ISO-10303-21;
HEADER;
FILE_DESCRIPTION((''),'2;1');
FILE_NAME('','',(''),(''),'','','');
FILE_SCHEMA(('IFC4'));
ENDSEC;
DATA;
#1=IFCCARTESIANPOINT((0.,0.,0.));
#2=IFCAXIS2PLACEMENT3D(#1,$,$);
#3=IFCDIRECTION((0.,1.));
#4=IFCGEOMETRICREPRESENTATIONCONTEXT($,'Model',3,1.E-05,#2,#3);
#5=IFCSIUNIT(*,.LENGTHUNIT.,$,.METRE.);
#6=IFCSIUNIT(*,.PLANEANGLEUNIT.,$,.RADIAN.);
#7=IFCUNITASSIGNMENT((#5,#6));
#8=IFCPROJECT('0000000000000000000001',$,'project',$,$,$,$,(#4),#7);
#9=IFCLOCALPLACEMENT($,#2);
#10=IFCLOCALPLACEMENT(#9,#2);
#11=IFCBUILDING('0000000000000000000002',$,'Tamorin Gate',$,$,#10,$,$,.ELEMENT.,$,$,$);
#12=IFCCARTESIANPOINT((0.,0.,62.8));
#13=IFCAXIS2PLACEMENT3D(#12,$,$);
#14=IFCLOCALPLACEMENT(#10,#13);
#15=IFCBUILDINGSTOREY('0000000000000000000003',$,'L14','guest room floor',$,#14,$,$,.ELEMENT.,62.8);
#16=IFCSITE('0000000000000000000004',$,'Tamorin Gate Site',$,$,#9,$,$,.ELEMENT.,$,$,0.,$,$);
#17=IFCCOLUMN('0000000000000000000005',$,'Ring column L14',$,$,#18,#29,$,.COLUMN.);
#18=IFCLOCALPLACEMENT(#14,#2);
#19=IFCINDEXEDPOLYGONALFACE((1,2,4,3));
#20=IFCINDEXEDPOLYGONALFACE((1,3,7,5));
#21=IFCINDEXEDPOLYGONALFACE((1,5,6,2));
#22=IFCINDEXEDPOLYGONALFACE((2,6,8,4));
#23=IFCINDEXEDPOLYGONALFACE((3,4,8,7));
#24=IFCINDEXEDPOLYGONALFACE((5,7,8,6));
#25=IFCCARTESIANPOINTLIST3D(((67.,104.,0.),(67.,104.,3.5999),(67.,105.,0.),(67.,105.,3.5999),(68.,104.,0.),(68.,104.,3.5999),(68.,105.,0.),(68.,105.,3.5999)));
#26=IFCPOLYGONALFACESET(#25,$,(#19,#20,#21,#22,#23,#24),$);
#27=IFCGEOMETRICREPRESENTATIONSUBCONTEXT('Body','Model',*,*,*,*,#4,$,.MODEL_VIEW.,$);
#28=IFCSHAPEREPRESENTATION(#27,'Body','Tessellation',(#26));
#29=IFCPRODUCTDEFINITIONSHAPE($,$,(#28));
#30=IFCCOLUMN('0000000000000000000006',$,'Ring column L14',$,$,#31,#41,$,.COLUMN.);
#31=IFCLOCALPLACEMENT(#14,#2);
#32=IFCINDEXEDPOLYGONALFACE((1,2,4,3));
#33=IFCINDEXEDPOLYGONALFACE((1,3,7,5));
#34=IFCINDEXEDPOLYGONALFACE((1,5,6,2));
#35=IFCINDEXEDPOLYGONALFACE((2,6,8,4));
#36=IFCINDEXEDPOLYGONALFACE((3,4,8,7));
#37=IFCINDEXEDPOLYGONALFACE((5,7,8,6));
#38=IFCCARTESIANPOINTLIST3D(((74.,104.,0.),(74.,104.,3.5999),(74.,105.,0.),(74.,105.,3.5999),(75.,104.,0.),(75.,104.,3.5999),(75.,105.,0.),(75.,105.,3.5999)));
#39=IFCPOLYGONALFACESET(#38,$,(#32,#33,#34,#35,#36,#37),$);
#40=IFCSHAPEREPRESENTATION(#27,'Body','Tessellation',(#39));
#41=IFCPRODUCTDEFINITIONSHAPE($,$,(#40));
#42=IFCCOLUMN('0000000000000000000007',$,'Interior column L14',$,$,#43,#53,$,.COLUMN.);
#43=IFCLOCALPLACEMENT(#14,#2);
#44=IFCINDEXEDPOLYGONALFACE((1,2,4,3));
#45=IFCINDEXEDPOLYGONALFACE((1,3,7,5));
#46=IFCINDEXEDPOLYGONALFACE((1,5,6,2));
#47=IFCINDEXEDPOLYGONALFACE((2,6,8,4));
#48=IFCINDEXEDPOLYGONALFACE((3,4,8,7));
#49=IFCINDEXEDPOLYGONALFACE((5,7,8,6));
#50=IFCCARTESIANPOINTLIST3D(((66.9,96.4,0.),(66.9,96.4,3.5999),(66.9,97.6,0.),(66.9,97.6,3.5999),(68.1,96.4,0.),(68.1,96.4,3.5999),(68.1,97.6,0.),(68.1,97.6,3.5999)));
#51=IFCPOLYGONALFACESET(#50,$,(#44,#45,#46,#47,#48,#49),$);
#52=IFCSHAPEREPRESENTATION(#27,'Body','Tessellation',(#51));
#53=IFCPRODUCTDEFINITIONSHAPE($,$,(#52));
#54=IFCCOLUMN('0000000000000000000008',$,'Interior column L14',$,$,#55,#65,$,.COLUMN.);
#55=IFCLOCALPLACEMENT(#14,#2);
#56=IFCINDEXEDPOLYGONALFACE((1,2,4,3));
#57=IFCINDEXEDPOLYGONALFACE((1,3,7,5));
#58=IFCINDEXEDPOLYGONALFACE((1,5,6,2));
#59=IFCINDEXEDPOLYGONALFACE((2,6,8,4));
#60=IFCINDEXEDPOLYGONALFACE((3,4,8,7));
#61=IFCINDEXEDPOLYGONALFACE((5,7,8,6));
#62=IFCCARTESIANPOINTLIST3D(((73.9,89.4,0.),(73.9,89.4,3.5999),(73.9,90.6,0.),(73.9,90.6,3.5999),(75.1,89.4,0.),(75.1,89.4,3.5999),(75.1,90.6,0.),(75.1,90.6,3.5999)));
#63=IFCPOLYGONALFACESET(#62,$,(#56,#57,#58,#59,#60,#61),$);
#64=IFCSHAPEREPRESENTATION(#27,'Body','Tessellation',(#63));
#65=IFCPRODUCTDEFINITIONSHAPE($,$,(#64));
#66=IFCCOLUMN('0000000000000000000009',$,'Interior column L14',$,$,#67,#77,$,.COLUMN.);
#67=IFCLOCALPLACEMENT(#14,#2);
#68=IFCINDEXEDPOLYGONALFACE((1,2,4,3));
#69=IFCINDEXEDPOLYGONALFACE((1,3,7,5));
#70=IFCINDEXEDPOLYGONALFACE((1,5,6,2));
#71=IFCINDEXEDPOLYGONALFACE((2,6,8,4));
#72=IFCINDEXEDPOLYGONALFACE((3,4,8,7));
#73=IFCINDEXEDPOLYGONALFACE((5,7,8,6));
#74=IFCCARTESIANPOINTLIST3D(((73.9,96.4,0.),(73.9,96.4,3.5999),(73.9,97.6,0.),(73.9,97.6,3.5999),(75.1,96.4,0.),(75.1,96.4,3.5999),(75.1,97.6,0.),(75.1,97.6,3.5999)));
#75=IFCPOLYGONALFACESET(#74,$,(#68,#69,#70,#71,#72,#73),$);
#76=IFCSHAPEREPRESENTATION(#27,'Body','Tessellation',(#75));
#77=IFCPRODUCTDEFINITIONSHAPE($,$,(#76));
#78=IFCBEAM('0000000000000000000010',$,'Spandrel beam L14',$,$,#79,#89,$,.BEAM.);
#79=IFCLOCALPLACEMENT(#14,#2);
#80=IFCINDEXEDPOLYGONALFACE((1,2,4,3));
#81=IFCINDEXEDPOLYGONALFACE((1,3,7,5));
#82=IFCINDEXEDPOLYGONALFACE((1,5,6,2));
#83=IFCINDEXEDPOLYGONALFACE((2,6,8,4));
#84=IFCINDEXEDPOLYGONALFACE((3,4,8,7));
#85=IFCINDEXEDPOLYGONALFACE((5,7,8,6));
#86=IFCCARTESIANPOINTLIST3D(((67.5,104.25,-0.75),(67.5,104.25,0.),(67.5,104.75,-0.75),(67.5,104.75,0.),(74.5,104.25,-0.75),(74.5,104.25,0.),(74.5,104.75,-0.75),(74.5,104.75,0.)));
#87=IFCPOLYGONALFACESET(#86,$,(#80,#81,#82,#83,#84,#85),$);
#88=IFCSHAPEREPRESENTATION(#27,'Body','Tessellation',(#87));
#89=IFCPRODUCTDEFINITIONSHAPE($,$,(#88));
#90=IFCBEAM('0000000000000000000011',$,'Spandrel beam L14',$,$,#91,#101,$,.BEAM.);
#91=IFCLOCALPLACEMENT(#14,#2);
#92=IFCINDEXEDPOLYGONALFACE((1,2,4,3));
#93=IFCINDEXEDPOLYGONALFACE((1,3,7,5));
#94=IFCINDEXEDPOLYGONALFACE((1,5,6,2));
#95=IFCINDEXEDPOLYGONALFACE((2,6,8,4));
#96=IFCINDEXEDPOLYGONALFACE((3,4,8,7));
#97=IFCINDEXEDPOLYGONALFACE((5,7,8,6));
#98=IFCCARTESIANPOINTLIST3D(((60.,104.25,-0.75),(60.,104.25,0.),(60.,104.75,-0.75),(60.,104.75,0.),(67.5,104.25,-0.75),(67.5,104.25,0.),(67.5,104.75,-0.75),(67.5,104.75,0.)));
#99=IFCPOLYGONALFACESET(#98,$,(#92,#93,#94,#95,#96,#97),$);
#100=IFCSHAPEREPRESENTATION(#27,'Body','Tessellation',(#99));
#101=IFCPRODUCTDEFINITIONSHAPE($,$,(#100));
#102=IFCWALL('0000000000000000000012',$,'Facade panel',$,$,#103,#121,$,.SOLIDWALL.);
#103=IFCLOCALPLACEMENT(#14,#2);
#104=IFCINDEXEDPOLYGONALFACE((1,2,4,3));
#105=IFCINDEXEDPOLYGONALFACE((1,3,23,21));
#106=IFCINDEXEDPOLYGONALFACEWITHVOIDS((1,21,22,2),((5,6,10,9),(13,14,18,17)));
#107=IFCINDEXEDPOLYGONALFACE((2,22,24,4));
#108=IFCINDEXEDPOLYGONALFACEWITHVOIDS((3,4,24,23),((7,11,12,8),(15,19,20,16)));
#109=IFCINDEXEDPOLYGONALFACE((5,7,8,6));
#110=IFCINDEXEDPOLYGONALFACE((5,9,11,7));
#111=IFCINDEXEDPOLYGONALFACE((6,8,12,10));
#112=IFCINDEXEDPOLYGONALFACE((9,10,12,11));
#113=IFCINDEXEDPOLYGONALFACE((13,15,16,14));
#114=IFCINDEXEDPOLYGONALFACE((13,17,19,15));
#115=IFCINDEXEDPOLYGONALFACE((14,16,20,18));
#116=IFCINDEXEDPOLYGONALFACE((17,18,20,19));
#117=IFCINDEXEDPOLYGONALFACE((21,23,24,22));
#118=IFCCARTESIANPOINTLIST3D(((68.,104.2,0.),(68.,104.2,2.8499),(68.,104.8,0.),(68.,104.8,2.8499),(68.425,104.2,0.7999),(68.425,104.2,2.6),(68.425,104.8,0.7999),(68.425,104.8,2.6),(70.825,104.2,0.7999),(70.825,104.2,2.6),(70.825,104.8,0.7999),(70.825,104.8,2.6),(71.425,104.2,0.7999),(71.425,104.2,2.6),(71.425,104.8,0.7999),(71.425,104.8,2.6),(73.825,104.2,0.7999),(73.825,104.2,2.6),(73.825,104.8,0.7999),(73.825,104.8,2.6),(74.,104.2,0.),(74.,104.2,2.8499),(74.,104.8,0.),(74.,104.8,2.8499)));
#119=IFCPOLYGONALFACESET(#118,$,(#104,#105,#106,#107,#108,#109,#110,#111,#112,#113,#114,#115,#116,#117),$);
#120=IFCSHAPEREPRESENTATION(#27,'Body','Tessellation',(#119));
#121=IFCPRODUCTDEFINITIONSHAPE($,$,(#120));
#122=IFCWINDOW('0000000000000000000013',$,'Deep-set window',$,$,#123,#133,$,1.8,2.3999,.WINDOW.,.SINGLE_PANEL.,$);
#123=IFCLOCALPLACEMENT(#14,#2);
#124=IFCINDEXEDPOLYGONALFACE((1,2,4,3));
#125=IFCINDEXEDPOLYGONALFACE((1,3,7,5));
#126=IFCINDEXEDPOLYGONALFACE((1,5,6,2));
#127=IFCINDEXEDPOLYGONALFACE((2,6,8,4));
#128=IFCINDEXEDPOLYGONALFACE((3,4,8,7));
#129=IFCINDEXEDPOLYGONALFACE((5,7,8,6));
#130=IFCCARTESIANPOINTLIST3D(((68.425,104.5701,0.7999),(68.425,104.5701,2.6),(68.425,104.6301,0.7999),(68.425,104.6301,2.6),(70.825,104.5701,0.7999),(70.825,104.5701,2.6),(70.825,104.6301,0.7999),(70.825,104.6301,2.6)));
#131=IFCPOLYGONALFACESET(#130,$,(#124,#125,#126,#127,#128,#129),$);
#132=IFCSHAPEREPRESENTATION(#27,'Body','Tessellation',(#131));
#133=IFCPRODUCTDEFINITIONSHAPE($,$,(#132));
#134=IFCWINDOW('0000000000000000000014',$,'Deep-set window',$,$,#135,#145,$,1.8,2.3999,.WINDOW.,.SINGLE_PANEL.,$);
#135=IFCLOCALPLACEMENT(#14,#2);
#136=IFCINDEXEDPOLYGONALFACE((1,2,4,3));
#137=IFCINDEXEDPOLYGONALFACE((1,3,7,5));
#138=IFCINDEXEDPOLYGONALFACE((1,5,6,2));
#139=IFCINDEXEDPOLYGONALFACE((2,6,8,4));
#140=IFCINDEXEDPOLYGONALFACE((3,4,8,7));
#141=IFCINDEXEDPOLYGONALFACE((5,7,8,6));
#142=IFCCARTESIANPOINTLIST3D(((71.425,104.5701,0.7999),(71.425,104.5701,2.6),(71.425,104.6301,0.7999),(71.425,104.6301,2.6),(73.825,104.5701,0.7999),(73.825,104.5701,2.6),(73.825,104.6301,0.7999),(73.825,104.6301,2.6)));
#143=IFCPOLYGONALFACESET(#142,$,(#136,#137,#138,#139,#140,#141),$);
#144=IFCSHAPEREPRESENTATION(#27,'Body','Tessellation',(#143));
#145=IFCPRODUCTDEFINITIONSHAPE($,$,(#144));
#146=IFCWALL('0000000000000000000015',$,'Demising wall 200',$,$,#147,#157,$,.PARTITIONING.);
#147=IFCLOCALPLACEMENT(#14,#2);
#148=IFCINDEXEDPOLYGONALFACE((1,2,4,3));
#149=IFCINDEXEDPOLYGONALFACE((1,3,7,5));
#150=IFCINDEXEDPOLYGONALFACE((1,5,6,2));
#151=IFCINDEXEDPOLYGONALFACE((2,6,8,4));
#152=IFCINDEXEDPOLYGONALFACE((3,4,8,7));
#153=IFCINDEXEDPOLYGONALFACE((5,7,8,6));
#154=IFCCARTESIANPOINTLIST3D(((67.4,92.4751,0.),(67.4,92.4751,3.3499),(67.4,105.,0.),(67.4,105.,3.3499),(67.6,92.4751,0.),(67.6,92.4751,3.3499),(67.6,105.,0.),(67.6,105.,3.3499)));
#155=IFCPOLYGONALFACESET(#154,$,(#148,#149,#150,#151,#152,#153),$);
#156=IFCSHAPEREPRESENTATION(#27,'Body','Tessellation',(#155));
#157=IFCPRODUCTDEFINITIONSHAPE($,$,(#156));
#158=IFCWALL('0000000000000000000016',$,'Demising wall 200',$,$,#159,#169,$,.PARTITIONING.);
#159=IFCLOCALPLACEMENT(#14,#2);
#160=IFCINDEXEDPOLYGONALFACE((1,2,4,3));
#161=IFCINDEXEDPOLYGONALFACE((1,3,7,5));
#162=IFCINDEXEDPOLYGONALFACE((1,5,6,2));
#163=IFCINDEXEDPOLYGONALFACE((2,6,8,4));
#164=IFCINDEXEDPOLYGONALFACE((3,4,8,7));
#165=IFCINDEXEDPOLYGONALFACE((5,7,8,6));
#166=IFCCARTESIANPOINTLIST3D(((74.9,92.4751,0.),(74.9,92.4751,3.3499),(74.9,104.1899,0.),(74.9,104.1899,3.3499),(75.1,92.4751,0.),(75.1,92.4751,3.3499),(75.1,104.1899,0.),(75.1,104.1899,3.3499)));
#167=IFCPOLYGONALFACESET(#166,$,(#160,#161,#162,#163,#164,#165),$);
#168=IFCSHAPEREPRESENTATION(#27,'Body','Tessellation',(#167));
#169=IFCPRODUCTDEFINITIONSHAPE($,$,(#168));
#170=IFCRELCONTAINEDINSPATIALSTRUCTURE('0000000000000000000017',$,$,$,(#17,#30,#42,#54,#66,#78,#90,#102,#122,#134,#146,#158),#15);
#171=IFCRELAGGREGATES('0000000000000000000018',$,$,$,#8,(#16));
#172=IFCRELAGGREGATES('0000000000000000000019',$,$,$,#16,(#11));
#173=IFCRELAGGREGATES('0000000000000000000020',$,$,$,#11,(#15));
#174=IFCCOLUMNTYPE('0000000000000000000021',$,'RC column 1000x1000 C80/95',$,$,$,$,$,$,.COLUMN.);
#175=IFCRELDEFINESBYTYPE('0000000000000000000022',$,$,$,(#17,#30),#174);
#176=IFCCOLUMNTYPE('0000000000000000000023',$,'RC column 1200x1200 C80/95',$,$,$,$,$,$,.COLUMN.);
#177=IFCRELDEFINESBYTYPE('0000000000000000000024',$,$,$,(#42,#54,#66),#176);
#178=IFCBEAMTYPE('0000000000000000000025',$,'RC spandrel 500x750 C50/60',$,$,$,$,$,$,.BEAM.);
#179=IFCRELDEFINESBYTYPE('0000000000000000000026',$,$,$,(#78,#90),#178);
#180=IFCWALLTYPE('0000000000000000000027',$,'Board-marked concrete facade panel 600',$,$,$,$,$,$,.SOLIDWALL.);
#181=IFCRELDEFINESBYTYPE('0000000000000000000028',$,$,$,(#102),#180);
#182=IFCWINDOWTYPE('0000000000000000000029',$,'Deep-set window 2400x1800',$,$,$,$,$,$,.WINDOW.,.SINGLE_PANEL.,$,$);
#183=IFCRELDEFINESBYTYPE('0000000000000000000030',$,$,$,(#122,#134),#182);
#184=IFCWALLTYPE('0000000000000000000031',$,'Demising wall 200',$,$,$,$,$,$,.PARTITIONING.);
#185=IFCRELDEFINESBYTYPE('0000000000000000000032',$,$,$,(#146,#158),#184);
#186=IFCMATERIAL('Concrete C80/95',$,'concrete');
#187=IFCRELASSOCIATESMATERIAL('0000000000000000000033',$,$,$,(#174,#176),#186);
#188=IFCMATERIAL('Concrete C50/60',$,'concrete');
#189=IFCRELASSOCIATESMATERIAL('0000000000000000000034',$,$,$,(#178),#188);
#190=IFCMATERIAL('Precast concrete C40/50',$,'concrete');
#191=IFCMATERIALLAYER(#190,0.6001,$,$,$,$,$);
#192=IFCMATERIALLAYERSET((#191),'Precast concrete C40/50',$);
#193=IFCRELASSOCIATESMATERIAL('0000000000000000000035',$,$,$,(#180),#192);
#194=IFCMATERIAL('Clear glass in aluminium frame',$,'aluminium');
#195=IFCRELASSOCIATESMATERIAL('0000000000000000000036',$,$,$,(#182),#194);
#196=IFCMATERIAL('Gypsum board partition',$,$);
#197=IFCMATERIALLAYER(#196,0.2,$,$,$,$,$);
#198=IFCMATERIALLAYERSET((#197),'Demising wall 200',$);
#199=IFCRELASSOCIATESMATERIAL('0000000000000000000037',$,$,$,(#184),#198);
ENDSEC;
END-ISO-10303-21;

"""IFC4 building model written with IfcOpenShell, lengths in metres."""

from ifc_helpers import new_model, si_unit, direction, frame, frame_2d, origin, origin_2d, place, context, subcontext, project, spatial, rectangle, extrude, material, layer, layer_set, material_profile, profile_set, type_object, element, fill, save


model = new_model("IFC4")

# Units and contexts
model_context = context("Model", 3, precision=1e-05, world=origin(), true_north=direction((0.0, 1.0)))
body_context = subcontext(model_context, "Body", "Model", "MODEL_VIEW")
ifc_project = project(units=[si_unit("LENGTHUNIT", "METRE"), si_unit("PLANEANGLEUNIT", "RADIAN")], contexts=[model_context])

# Site, building, storey
site_placement = place(None, origin())
site = spatial("IfcSite", under=ifc_project, at=site_placement, Name="Tamorin Gate Site", CompositionType="ELEMENT", RefElevation=0.0)
building_placement = place(site_placement, origin())
building = spatial("IfcBuilding", under=site, at=building_placement, Name="Tamorin Gate", CompositionType="ELEMENT")
storey_placement = place(building_placement, frame((0.0, 0.0, 62.8)))
storey = spatial("IfcBuildingStorey", under=building, at=storey_placement, Name="L14", Description="guest room floor", CompositionType="ELEMENT", Elevation=62.8)

# Columns
ifc_material_1 = material(Name="Concrete C80/95", Category="concrete")
ifc_material_profile_1 = material_profile(ifc_material_1, rectangle(XDim=1.0, YDim=1.0, at=origin_2d()), Name="RC 1000x1000")
ifc_profile_set_1 = profile_set([ifc_material_profile_1], Name="Concrete C80/95")
column_type_1 = type_object("IfcColumnType", Name="RC column 1000x1000 C80/95", PredefinedType="COLUMN", material=ifc_profile_set_1)
for number, where, z_axis, x_axis, name in (
    (1, (67.5, 104.5, 0.0), (0.0, 0.0, 1.0), (1.0, 0.0, 0.0), "Ring column L14"),
    (2, (74.5, 104.5, 0.0), (0.0, 0.0, 1.0), (1.0, 0.0, 0.0), "Ring column L14"),
):
    element("IfcColumn", number, at=place(storey_placement, frame(where, z_axis=z_axis, x_axis=x_axis)), inside=storey, type_object=column_type_1, Name=name, PredefinedType="COLUMN", context=body_context, shape_type="SweptSolid", body=[
        extrude(rectangle(XDim=1.0, YDim=1.0, at=origin_2d()), origin(), (0.0, 0.0, 1.0), 3.5999),
    ])
ifc_material_profile_2 = material_profile(ifc_material_1, rectangle(XDim=1.2, YDim=1.2, at=origin_2d()), Name="RC 1200x1200")
ifc_profile_set_2 = profile_set([ifc_material_profile_2], Name="Concrete C80/95")
column_type_2 = type_object("IfcColumnType", Name="RC column 1200x1200 C80/95", PredefinedType="COLUMN", material=ifc_profile_set_2)
for number, where, z_axis, x_axis, name in (
    (3, (67.5, 97.0, 0.0), (0.0, 0.0, 1.0), (1.0, 0.0, 0.0), "Interior column L14"),
    (4, (74.5, 90.0, 0.0), (0.0, 0.0, 1.0), (1.0, 0.0, 0.0), "Interior column L14"),
    (5, (74.5, 97.0, 0.0), (0.0, 0.0, 1.0), (1.0, 0.0, 0.0), "Interior column L14"),
):
    element("IfcColumn", number, at=place(storey_placement, frame(where, z_axis=z_axis, x_axis=x_axis)), inside=storey, type_object=column_type_2, Name=name, PredefinedType="COLUMN", context=body_context, shape_type="SweptSolid", body=[
        extrude(rectangle(XDim=1.2, YDim=1.2, at=origin_2d()), origin(), (0.0, 0.0, 1.0), 3.5999),
    ])

# Beams
ifc_material_2 = material(Name="Concrete C50/60", Category="concrete")
ifc_material_profile_3 = material_profile(ifc_material_2, rectangle(XDim=0.5, YDim=0.75, at=origin_2d()), Name="RC 500x750")
ifc_profile_set_3 = profile_set([ifc_material_profile_3], Name="Concrete C50/60")
beam_type = type_object("IfcBeamType", Name="RC spandrel 500x750 C50/60", PredefinedType="BEAM", material=ifc_profile_set_3)
beam_1_placement = place(storey_placement, frame((74.5, 104.5, -0.375), z_axis=(-1.0, 0.0, 0.0), x_axis=(0.0, -1.0, 0.0)))
element("IfcBeam", 6, at=beam_1_placement, inside=storey, type_object=beam_type, Name="Spandrel beam L14", PredefinedType="BEAM", context=body_context, shape_type="SweptSolid", body=[
    extrude(rectangle(XDim=0.5, YDim=0.75, at=origin_2d()), origin(), (0.0, 0.0, 1.0), 7.0),
])
beam_2_placement = place(storey_placement, frame((67.5, 104.5, -0.375), z_axis=(-1.0, 0.0, 0.0), x_axis=(0.0, -1.0, 0.0)))
element("IfcBeam", 7, at=beam_2_placement, inside=storey, type_object=beam_type, Name="Spandrel beam L14", PredefinedType="BEAM", context=body_context, shape_type="SweptSolid", body=[
    extrude(rectangle(XDim=0.5, YDim=0.75, at=origin_2d()), origin(), (0.0, 0.0, 1.0), 7.5),
])

# Wall, openings, windows
ifc_material_3 = material(Name="Precast concrete C40/50", Category="concrete")
ifc_layer_1 = layer(ifc_material_3, 0.6001)
ifc_layer_set_1 = layer_set([ifc_layer_1], Name="Precast concrete C40/50")
wall_type_1 = type_object("IfcWallType", Name="Board-marked concrete facade panel 600", PredefinedType="SOLIDWALL", material=ifc_layer_set_1)
wall_1_placement = place(storey_placement, frame((74.0, 104.5, 0.0), z_axis=(0.0, 0.0, 1.0), x_axis=(-1.0, 0.0, 0.0)))
wall_1 = element("IfcWall", 8, at=wall_1_placement, inside=storey, type_object=wall_type_1, Name="Facade panel", PredefinedType="SOLIDWALL", context=body_context, shape_type="SweptSolid", body=[
    extrude(rectangle(XDim=6.0, YDim=0.6001, at=frame_2d((3.0, 0.0))), origin(), (0.0, 0.0, 1.0), 2.8499),
])
opening_1_placement = place(wall_1_placement, frame((3.175, 0.0, 0.8)))
opening_1 = element("IfcOpeningElement", 9, at=opening_1_placement, cuts=wall_1, PredefinedType="OPENING", context=body_context, shape_type="SweptSolid", body=[
    extrude(rectangle(XDim=2.3999, YDim=1.8, at=frame_2d((1.2, 0.8999))), frame((0.0, 0.3101, 0.0), z_axis=(0.0, -1.0, 0.0), x_axis=(1.0, 0.0, 0.0)), (0.0, 0.0, 1.0), 0.6201),
])
opening_2_placement = place(wall_1_placement, frame((0.175, 0.0, 0.8)))
opening_2 = element("IfcOpeningElement", 10, at=opening_2_placement, cuts=wall_1, PredefinedType="OPENING", context=body_context, shape_type="SweptSolid", body=[
    extrude(rectangle(XDim=2.3999, YDim=1.8, at=frame_2d((1.2, 0.8999))), frame((0.0, 0.3101, 0.0), z_axis=(0.0, -1.0, 0.0), x_axis=(1.0, 0.0, 0.0)), (0.0, 0.0, 1.0), 0.6201),
])
ifc_material_4 = material(Name="Clear glass in aluminium frame", Category="aluminium")
window_type = type_object("IfcWindowType", Name="Deep-set window 2400x1800", PartitioningType="SINGLE_PANEL", PredefinedType="WINDOW", material=ifc_material_4)
window_1_placement = place(opening_1_placement, origin())
window_1 = element("IfcWindow", 11, at=window_1_placement, inside=storey, type_object=window_type, Name="Deep-set window", OverallHeight=1.8, OverallWidth=2.3999, PartitioningType="SINGLE_PANEL", PredefinedType="WINDOW", context=body_context, shape_type="SweptSolid", body=[
    extrude(rectangle(XDim=2.3999, YDim=1.8, at=frame_2d((1.2, 0.8999))), frame((0.0, -0.0701, 0.0), z_axis=(0.0, -1.0, 0.0), x_axis=(1.0, 0.0, 0.0)), (0.0, 0.0, 1.0), 0.0601),
])
fill(opening_1, window_1)
window_2_placement = place(opening_2_placement, origin())
window_2 = element("IfcWindow", 12, at=window_2_placement, inside=storey, type_object=window_type, Name="Deep-set window", OverallHeight=1.8, OverallWidth=2.3999, PartitioningType="SINGLE_PANEL", PredefinedType="WINDOW", context=body_context, shape_type="SweptSolid", body=[
    extrude(rectangle(XDim=2.3999, YDim=1.8, at=frame_2d((1.2, 0.8999))), frame((0.0, -0.0701, 0.0), z_axis=(0.0, -1.0, 0.0), x_axis=(1.0, 0.0, 0.0)), (0.0, 0.0, 1.0), 0.0601),
])
fill(opening_2, window_2)

# Walls
ifc_material_5 = material(Name="Gypsum board partition")
ifc_layer_2 = layer(ifc_material_5, 0.2)
ifc_layer_set_2 = layer_set([ifc_layer_2], Name="Demising wall 200")
wall_type_2 = type_object("IfcWallType", Name="Demising wall 200", PredefinedType="PARTITIONING", material=ifc_layer_set_2)
wall_2_placement = place(storey_placement, frame((67.5, 92.4751, 0.0), z_axis=(0.0, 0.0, 1.0), x_axis=(0.0, 1.0, 0.0)))
element("IfcWall", 13, at=wall_2_placement, inside=storey, type_object=wall_type_2, Name="Demising wall 200", PredefinedType="PARTITIONING", context=body_context, shape_type="SweptSolid", body=[
    extrude(rectangle(XDim=12.5249, YDim=0.2, at=frame_2d((6.2625, 0.0))), origin(), (0.0, 0.0, 1.0), 3.3499),
])
wall_3_placement = place(storey_placement, frame((75.0, 92.4751, 0.0), z_axis=(0.0, 0.0, 1.0), x_axis=(0.0, 1.0, 0.0)))
element("IfcWall", 14, at=wall_3_placement, inside=storey, type_object=wall_type_2, Name="Demising wall 200", PredefinedType="PARTITIONING", context=body_context, shape_type="SweptSolid", body=[
    extrude(rectangle(XDim=11.7148, YDim=0.2, at=frame_2d((5.8574, 0.0))), origin(), (0.0, 0.0, 1.0), 3.3499),
])

save(model, "model.ifc")
